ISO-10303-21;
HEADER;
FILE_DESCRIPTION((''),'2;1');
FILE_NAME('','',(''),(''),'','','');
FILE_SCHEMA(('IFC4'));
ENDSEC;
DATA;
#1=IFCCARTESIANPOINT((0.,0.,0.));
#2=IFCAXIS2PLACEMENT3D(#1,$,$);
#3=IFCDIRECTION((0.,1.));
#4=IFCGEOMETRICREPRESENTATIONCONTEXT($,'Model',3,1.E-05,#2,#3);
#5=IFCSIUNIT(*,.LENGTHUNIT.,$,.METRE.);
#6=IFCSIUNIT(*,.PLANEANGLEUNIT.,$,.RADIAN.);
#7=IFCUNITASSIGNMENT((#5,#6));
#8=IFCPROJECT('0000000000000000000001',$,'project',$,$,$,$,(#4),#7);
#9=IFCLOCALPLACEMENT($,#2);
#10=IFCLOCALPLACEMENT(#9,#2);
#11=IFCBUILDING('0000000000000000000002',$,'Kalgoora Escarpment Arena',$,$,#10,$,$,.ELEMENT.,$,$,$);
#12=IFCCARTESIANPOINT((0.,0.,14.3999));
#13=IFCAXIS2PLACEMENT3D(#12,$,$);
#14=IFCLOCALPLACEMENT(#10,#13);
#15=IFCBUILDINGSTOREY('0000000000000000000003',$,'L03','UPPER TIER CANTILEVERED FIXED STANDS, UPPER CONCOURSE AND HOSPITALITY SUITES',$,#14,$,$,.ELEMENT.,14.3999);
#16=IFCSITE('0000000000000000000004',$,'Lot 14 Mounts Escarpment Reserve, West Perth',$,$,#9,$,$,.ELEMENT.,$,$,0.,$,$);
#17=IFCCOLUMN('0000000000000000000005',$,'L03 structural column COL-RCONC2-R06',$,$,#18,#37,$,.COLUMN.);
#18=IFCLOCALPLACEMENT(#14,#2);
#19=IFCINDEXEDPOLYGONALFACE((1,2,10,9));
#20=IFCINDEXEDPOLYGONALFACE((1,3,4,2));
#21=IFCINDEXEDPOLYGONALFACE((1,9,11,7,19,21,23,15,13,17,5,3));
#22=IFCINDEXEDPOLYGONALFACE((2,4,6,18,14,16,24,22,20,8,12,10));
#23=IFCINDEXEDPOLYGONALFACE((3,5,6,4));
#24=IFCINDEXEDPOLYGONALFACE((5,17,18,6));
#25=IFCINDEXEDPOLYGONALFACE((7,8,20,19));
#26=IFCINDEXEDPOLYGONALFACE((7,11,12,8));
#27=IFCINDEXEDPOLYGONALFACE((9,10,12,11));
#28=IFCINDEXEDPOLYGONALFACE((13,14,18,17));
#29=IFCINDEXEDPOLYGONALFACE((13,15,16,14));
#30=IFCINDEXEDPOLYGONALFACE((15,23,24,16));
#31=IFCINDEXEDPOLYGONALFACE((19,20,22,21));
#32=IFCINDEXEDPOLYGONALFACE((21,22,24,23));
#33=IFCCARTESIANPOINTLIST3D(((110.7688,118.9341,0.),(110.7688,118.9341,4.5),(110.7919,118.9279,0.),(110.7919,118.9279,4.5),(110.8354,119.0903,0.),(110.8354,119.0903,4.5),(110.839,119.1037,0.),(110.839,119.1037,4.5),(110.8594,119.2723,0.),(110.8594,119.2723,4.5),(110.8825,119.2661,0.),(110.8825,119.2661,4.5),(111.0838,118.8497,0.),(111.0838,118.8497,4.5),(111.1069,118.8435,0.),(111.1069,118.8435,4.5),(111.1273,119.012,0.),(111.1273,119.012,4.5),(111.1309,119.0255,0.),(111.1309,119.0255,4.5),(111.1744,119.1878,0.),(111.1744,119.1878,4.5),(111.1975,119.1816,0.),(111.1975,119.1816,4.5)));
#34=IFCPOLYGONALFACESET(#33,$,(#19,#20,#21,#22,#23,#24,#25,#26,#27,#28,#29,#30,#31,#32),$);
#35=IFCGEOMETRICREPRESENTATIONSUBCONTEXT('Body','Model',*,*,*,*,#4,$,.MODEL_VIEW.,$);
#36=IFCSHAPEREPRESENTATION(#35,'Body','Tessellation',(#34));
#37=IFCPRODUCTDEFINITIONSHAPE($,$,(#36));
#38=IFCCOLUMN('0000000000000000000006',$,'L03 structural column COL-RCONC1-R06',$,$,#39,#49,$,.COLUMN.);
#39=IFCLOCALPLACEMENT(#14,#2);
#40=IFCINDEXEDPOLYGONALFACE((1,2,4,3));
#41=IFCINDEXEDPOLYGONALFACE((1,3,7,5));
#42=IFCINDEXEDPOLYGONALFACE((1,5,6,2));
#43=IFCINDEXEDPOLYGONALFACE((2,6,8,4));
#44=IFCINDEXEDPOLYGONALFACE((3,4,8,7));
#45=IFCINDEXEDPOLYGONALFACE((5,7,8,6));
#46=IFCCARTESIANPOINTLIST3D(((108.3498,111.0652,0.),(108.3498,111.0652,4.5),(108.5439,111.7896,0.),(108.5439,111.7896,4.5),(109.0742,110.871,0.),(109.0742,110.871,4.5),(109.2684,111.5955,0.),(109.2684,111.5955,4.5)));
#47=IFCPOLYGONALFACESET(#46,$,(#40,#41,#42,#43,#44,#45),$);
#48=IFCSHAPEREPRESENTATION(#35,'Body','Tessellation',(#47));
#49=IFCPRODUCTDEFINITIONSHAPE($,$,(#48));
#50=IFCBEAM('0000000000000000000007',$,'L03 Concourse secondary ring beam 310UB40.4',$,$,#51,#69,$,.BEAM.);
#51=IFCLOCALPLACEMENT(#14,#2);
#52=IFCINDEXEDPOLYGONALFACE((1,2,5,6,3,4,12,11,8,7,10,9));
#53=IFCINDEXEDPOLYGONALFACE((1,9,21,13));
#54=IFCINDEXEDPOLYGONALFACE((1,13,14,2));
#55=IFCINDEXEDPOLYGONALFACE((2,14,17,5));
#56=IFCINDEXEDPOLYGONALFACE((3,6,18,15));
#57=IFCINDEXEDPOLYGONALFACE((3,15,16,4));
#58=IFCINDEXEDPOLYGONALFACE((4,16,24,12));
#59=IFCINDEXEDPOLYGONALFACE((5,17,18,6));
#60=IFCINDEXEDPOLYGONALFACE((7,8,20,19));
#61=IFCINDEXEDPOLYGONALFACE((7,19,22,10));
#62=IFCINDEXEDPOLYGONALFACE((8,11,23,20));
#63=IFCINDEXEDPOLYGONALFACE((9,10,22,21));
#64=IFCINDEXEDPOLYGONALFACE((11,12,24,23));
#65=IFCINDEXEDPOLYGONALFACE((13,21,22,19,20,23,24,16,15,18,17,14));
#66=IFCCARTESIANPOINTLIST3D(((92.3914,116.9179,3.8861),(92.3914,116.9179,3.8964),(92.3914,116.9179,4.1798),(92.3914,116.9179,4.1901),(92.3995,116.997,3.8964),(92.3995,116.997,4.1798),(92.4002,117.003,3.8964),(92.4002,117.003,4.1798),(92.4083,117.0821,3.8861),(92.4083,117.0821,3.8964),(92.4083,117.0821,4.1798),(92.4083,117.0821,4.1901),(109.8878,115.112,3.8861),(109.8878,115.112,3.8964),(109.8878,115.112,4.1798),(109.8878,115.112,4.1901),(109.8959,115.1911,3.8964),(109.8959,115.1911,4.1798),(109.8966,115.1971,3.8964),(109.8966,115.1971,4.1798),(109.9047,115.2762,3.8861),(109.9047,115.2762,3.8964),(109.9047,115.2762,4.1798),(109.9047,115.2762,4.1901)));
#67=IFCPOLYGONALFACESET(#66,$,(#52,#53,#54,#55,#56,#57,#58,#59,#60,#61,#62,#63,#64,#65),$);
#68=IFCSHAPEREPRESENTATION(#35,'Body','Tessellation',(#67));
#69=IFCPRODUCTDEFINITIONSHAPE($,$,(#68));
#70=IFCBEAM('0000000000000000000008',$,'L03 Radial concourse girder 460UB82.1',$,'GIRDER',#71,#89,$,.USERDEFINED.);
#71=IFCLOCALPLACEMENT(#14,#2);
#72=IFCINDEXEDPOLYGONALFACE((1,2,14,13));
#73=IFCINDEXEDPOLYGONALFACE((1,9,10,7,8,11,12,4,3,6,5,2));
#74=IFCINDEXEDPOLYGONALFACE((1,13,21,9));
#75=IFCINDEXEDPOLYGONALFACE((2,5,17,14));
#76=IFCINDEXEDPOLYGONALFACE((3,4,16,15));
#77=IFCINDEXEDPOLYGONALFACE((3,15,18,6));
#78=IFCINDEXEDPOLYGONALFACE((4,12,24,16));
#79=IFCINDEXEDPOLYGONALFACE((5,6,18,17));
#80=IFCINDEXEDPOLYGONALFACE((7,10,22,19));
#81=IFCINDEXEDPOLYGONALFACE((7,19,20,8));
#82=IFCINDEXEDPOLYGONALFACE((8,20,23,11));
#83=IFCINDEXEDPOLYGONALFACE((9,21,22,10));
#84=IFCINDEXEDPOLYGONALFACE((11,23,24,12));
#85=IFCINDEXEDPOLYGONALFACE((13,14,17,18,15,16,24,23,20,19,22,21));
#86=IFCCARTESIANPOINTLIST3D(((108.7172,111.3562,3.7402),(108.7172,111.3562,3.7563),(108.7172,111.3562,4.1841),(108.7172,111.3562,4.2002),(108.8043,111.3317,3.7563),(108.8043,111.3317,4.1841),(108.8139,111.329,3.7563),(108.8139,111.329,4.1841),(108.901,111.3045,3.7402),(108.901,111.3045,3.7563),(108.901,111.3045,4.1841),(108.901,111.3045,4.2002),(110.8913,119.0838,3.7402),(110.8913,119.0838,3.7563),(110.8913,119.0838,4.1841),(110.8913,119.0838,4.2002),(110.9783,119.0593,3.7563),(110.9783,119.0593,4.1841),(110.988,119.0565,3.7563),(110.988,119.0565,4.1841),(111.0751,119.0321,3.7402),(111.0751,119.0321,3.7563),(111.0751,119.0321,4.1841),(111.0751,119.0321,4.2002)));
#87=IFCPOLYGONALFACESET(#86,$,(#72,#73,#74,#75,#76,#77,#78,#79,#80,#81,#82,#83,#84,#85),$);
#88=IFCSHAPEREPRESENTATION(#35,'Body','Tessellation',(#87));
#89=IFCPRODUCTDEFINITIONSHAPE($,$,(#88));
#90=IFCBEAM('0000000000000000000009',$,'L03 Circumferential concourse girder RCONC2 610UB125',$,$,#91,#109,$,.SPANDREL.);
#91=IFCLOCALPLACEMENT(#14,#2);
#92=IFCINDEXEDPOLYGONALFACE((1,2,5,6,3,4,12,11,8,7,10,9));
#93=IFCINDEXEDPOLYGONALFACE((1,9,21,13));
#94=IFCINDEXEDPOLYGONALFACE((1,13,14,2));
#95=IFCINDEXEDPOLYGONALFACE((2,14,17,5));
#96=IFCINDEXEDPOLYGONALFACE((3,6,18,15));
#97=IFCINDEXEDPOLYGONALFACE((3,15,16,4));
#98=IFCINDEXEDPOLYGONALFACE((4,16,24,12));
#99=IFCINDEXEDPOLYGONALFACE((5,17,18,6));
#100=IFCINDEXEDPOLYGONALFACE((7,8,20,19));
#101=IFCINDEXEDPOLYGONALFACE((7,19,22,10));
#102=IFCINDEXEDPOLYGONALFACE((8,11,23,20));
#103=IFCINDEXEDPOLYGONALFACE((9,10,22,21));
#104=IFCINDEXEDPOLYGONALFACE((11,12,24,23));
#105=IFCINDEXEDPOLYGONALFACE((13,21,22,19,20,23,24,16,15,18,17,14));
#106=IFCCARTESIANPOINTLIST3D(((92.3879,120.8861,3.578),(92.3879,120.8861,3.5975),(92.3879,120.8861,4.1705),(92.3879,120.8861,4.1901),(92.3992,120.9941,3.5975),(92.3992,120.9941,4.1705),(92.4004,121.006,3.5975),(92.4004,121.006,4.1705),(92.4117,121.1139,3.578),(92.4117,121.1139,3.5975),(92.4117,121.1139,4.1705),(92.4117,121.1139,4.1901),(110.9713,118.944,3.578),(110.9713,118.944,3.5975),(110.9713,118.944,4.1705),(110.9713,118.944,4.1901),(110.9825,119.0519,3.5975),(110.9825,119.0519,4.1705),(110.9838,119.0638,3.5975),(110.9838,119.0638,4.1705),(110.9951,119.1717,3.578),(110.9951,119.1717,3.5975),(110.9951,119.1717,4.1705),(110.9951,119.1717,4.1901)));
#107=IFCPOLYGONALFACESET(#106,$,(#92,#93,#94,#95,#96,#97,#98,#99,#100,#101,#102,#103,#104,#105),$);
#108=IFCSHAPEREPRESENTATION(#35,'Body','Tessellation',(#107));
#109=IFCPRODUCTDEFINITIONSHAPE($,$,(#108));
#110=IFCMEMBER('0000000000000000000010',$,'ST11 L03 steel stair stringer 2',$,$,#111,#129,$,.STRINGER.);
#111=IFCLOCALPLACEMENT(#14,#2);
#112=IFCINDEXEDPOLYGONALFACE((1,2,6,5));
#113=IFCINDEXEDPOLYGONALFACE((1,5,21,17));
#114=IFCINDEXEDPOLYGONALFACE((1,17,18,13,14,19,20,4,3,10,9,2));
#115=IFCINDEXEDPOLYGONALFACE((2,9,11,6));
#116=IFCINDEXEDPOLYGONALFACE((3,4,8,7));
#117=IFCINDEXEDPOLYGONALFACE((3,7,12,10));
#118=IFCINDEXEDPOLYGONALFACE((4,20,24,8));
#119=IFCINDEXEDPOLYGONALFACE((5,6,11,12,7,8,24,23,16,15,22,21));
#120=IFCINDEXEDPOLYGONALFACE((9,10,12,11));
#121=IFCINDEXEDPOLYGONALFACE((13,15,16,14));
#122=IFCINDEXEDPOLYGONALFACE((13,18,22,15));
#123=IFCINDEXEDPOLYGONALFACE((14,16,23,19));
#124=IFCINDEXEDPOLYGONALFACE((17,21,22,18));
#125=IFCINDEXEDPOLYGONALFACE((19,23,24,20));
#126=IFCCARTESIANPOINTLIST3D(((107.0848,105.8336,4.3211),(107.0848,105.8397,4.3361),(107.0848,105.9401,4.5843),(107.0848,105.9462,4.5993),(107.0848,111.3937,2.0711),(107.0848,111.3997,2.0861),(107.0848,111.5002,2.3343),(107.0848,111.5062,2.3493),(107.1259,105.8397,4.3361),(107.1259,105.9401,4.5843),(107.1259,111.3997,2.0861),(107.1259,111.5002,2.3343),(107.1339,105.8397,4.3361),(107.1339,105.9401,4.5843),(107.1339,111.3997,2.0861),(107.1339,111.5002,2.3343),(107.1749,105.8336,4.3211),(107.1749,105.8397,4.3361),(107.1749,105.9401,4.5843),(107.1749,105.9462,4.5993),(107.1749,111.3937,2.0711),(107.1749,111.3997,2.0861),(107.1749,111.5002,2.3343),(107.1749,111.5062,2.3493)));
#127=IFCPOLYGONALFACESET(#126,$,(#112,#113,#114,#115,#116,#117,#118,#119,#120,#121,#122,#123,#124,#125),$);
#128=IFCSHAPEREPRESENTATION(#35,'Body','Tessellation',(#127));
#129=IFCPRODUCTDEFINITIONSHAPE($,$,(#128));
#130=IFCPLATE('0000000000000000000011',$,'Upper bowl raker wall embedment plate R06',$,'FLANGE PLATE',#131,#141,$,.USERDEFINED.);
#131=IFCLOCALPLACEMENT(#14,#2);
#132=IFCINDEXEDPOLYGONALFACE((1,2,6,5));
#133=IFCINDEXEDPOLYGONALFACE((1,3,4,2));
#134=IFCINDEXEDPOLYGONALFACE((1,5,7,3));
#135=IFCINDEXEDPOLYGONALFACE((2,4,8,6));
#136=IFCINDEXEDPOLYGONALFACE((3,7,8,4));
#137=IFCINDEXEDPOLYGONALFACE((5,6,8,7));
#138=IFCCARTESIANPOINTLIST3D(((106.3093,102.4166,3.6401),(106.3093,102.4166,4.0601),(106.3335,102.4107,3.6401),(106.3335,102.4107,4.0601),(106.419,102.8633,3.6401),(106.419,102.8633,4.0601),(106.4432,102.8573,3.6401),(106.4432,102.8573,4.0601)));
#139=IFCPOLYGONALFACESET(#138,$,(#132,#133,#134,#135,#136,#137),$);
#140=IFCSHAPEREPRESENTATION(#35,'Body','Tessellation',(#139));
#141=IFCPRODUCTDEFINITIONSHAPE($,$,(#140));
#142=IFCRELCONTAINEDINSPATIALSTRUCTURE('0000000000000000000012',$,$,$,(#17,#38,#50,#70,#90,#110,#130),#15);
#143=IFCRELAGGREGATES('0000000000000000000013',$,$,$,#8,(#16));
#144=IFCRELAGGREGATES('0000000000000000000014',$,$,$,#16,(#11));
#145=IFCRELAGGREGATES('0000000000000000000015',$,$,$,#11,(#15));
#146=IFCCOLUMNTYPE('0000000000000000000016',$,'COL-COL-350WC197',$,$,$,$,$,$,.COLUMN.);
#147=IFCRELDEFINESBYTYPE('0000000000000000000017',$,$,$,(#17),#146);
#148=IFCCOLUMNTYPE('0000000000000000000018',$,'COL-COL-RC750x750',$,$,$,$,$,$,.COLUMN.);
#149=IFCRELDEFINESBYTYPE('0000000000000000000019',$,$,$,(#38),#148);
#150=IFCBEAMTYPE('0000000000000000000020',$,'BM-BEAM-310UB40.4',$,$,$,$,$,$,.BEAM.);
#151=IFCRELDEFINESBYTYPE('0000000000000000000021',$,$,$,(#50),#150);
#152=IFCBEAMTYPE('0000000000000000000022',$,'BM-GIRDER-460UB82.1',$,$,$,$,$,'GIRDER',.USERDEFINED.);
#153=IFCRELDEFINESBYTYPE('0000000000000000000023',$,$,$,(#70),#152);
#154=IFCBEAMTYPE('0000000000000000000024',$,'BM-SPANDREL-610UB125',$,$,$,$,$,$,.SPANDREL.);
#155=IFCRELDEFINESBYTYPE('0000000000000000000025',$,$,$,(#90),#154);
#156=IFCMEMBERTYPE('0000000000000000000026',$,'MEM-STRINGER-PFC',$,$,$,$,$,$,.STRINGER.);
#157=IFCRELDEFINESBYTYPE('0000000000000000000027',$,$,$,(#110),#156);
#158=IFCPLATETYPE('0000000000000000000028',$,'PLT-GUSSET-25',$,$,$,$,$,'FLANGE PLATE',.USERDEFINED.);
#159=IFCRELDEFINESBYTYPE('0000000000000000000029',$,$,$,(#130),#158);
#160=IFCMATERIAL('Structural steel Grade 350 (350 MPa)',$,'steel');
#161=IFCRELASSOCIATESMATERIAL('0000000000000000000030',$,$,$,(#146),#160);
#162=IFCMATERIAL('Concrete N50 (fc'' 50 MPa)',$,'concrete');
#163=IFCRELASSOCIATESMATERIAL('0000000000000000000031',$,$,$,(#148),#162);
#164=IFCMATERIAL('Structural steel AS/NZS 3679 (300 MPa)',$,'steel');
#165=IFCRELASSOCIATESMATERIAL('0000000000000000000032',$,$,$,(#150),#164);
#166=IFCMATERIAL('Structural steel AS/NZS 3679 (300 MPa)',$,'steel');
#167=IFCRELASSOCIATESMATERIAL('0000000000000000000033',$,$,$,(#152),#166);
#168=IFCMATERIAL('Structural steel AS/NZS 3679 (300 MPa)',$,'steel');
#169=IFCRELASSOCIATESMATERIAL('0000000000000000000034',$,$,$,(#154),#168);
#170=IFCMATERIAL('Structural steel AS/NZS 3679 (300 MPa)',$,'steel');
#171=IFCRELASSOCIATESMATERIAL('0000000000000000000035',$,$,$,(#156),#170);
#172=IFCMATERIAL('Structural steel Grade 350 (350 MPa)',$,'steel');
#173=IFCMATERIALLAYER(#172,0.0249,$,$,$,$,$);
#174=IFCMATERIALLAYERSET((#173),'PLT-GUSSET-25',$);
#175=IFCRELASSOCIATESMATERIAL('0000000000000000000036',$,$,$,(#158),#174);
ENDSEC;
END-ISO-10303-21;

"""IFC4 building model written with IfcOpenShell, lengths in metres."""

from ifc_helpers import new_model, si_unit, direction, frame, origin, origin_2d, place, context, subcontext, project, spatial, rectangle, i_section, extrude, material, layer, layer_set, material_profile, profile_set, type_object, element, save


model = new_model("IFC4")

# Units and contexts
model_context = context("Model", 3, precision=1e-05, world=origin(), true_north=direction((0.0, 1.0)))
body_context = subcontext(model_context, "Body", "Model", "MODEL_VIEW")
ifc_project = project(units=[si_unit("LENGTHUNIT", "METRE"), si_unit("PLANEANGLEUNIT", "RADIAN")], contexts=[model_context])

# Site, building, storey
site_placement = place(None, origin())
site = spatial("IfcSite", under=ifc_project, at=site_placement, Name="Lot 14 Mounts Escarpment Reserve, West Perth", CompositionType="ELEMENT", RefElevation=0.0)
building_placement = place(site_placement, origin())
building = spatial("IfcBuilding", under=site, at=building_placement, Name="Kalgoora Escarpment Arena", CompositionType="ELEMENT")
storey_placement = place(building_placement, frame((0.0, 0.0, 14.3999)))
storey = spatial("IfcBuildingStorey", under=building, at=storey_placement, Name="L03", Description="UPPER TIER CANTILEVERED FIXED STANDS, UPPER CONCOURSE AND HOSPITALITY SUITES", CompositionType="ELEMENT", Elevation=14.3999)

# Columns
ifc_material_1 = material(Name="Structural steel Grade 350 (350 MPa)", Category="steel")
ifc_material_profile_1 = material_profile(ifc_material_1, i_section(OverallWidth=0.3501, OverallDepth=0.3501, WebThickness=0.0139, FlangeThickness=0.0239, at=origin_2d()))
ifc_profile_set_1 = profile_set([ifc_material_profile_1], Name="Structural steel Grade 350 (350 MPa)")
column_type_1 = type_object("IfcColumnType", Name="COL-COL-350WC197", PredefinedType="COLUMN", material=ifc_profile_set_1)
column_1_placement = place(storey_placement, frame((110.9832, 119.0579, 0.0), z_axis=(0.0, 0.0, 1.0), x_axis=(0.258819, 0.965926, 0.0)))
element("IfcColumn", 1, at=column_1_placement, inside=storey, type_object=column_type_1, Name="L03 structural column COL-RCONC2-R06", PredefinedType="COLUMN", context=body_context, shape_type="SweptSolid", body=[
    extrude(i_section(OverallWidth=0.3501, OverallDepth=0.3501, WebThickness=0.0139, FlangeThickness=0.0239, at=origin_2d()), origin(), (0.0, 0.0, 1.0), 4.5),
])
ifc_material_2 = material(Name="Concrete N50 (fc' 50 MPa)", Category="concrete")
ifc_material_profile_2 = material_profile(ifc_material_2, rectangle(XDim=0.75, YDim=0.75, at=origin_2d()))
ifc_profile_set_2 = profile_set([ifc_material_profile_2], Name="Concrete N50 (fc' 50 MPa)")
column_type_2 = type_object("IfcColumnType", Name="COL-COL-RC750x750", PredefinedType="COLUMN", material=ifc_profile_set_2)
column_2_placement = place(storey_placement, frame((108.8091, 111.3303, 0.0), z_axis=(0.0, 0.0, 1.0), x_axis=(0.258819, 0.965926, 0.0)))
element("IfcColumn", 2, at=column_2_placement, inside=storey, type_object=column_type_2, Name="L03 structural column COL-RCONC1-R06", PredefinedType="COLUMN", context=body_context, shape_type="SweptSolid", body=[
    extrude(rectangle(XDim=0.75, YDim=0.75, at=origin_2d()), origin(), (0.0, 0.0, 1.0), 4.5),
])

# Beams
ifc_material_3 = material(Name="Structural steel AS/NZS 3679 (300 MPa)", Category="steel")
ifc_material_profile_3 = material_profile(ifc_material_3, i_section(OverallWidth=0.165, OverallDepth=0.304, WebThickness=0.0061, FlangeThickness=0.0103, at=origin_2d()))
ifc_profile_set_3 = profile_set([ifc_material_profile_3], Name="Structural steel AS/NZS 3679 (300 MPa)")
beam_type_1 = type_object("IfcBeamType", Name="BM-BEAM-310UB40.4", PredefinedType="BEAM", material=ifc_profile_set_3)
beam_1_placement = place(storey_placement, frame((109.8962, 115.1941, 4.0381), z_axis=(-0.994715, 0.102671, 0.0), x_axis=(-0.102671, -0.994715, 0.0)))
element("IfcBeam", 3, at=beam_1_placement, inside=storey, type_object=beam_type_1, Name="L03 Concourse secondary ring beam 310UB40.4", PredefinedType="BEAM", context=body_context, shape_type="SweptSolid", body=[
    extrude(i_section(OverallWidth=0.165, OverallDepth=0.304, WebThickness=0.0061, FlangeThickness=0.0103, at=origin_2d()), origin(), (0.0, 0.0, 1.0), 17.5894),
])
ifc_material_4 = material(Name="Structural steel AS/NZS 3679 (300 MPa)", Category="steel")
ifc_material_profile_4 = material_profile(ifc_material_4, i_section(OverallWidth=0.1909, OverallDepth=0.46, WebThickness=0.01, FlangeThickness=0.0161, at=origin_2d()))
ifc_profile_set_4 = profile_set([ifc_material_profile_4], Name="Structural steel AS/NZS 3679 (300 MPa)")
beam_type_2 = type_object("IfcBeamType", Name="BM-GIRDER-460UB82.1", ElementType="GIRDER", PredefinedType="USERDEFINED", material=ifc_profile_set_4)
beam_2_placement = place(storey_placement, frame((108.8091, 111.3303, 3.9702), z_axis=(0.270827, 0.962628, 0.0), x_axis=(-0.962628, 0.270827, 0.0)))
element("IfcBeam", 4, at=beam_2_placement, inside=storey, type_object=beam_type_2, Name="L03 Radial concourse girder 460UB82.1", ObjectType="GIRDER", PredefinedType="USERDEFINED", context=body_context, shape_type="SweptSolid", body=[
    extrude(i_section(OverallWidth=0.1909, OverallDepth=0.46, WebThickness=0.01, FlangeThickness=0.0161, at=origin_2d()), origin(), (0.0, 0.0, 1.0), 8.0276),
])
ifc_material_5 = material(Name="Structural steel AS/NZS 3679 (300 MPa)", Category="steel")
ifc_material_profile_5 = material_profile(ifc_material_5, i_section(OverallWidth=0.229, OverallDepth=0.6121, WebThickness=0.012, FlangeThickness=0.0195, at=origin_2d()))
ifc_profile_set_5 = profile_set([ifc_material_profile_5], Name="Structural steel AS/NZS 3679 (300 MPa)")
beam_type_3 = type_object("IfcBeamType", Name="BM-SPANDREL-610UB125", PredefinedType="SPANDREL", material=ifc_profile_set_5)
beam_3_placement = place(storey_placement, frame((110.9832, 119.0579, 3.884), z_axis=(-0.994583, 0.103944, 0.0), x_axis=(-0.103944, -0.994583, 0.0)))
element("IfcBeam", 5, at=beam_3_placement, inside=storey, type_object=beam_type_3, Name="L03 Circumferential concourse girder RCONC2 610UB125", PredefinedType="SPANDREL", context=body_context, shape_type="SweptSolid", body=[
    extrude(i_section(OverallWidth=0.229, OverallDepth=0.6121, WebThickness=0.012, FlangeThickness=0.0195, at=origin_2d()), origin(), (0.0, 0.0, 1.0), 18.6846),
])

# Member
ifc_material_6 = material(Name="Structural steel AS/NZS 3679 (300 MPa)", Category="steel")
ifc_material_profile_6 = material_profile(ifc_material_6, i_section(OverallWidth=0.0901, OverallDepth=0.3, WebThickness=0.0081, FlangeThickness=0.0161, at=origin_2d()))
ifc_profile_set_6 = profile_set([ifc_material_profile_6], Name="Structural steel AS/NZS 3679 (300 MPa)")
member_type = type_object("IfcMemberType", Name="MEM-STRINGER-PFC", PredefinedType="STRINGER", material=ifc_profile_set_6)
member_placement = place(storey_placement, frame((107.1299, 111.45, 2.2102), z_axis=(0.0, -0.926976, 0.375121), x_axis=(1.0, 0.0, 0.0)))
element("IfcMember", 6, at=member_placement, inside=storey, type_object=member_type, Name="ST11 L03 steel stair stringer 2", PredefinedType="STRINGER", context=body_context, shape_type="SweptSolid", body=[
    extrude(i_section(OverallWidth=0.0901, OverallDepth=0.3, WebThickness=0.0081, FlangeThickness=0.0161, at=origin_2d()), origin(), (0.0, 0.0, 1.0), 5.998),
])

# Plate
ifc_material_7 = material(Name="Structural steel Grade 350 (350 MPa)", Category="steel")
ifc_layer_1 = layer(ifc_material_7, 0.0249)
ifc_layer_set_1 = layer_set([ifc_layer_1], Name="PLT-GUSSET-25")
plate_type = type_object("IfcPlateType", Name="PLT-GUSSET-25", ElementType="FLANGE PLATE", PredefinedType="USERDEFINED", material=ifc_layer_set_1)
plate_placement = place(storey_placement, frame((106.3762, 102.637, 3.6401), z_axis=(0.0, 0.0, 1.0), x_axis=(0.238533, 0.971134, 0.0)))
element("IfcPlate", 7, at=plate_placement, inside=storey, type_object=plate_type, Name="Upper bowl raker wall embedment plate R06", ObjectType="FLANGE PLATE", PredefinedType="USERDEFINED", context=body_context, shape_type="SweptSolid", body=[
    extrude(rectangle(XDim=0.46, YDim=0.0249, at=origin_2d()), origin(), (0.0, 0.0, 1.0), 0.4199),
])

save(model, "model.ifc")
